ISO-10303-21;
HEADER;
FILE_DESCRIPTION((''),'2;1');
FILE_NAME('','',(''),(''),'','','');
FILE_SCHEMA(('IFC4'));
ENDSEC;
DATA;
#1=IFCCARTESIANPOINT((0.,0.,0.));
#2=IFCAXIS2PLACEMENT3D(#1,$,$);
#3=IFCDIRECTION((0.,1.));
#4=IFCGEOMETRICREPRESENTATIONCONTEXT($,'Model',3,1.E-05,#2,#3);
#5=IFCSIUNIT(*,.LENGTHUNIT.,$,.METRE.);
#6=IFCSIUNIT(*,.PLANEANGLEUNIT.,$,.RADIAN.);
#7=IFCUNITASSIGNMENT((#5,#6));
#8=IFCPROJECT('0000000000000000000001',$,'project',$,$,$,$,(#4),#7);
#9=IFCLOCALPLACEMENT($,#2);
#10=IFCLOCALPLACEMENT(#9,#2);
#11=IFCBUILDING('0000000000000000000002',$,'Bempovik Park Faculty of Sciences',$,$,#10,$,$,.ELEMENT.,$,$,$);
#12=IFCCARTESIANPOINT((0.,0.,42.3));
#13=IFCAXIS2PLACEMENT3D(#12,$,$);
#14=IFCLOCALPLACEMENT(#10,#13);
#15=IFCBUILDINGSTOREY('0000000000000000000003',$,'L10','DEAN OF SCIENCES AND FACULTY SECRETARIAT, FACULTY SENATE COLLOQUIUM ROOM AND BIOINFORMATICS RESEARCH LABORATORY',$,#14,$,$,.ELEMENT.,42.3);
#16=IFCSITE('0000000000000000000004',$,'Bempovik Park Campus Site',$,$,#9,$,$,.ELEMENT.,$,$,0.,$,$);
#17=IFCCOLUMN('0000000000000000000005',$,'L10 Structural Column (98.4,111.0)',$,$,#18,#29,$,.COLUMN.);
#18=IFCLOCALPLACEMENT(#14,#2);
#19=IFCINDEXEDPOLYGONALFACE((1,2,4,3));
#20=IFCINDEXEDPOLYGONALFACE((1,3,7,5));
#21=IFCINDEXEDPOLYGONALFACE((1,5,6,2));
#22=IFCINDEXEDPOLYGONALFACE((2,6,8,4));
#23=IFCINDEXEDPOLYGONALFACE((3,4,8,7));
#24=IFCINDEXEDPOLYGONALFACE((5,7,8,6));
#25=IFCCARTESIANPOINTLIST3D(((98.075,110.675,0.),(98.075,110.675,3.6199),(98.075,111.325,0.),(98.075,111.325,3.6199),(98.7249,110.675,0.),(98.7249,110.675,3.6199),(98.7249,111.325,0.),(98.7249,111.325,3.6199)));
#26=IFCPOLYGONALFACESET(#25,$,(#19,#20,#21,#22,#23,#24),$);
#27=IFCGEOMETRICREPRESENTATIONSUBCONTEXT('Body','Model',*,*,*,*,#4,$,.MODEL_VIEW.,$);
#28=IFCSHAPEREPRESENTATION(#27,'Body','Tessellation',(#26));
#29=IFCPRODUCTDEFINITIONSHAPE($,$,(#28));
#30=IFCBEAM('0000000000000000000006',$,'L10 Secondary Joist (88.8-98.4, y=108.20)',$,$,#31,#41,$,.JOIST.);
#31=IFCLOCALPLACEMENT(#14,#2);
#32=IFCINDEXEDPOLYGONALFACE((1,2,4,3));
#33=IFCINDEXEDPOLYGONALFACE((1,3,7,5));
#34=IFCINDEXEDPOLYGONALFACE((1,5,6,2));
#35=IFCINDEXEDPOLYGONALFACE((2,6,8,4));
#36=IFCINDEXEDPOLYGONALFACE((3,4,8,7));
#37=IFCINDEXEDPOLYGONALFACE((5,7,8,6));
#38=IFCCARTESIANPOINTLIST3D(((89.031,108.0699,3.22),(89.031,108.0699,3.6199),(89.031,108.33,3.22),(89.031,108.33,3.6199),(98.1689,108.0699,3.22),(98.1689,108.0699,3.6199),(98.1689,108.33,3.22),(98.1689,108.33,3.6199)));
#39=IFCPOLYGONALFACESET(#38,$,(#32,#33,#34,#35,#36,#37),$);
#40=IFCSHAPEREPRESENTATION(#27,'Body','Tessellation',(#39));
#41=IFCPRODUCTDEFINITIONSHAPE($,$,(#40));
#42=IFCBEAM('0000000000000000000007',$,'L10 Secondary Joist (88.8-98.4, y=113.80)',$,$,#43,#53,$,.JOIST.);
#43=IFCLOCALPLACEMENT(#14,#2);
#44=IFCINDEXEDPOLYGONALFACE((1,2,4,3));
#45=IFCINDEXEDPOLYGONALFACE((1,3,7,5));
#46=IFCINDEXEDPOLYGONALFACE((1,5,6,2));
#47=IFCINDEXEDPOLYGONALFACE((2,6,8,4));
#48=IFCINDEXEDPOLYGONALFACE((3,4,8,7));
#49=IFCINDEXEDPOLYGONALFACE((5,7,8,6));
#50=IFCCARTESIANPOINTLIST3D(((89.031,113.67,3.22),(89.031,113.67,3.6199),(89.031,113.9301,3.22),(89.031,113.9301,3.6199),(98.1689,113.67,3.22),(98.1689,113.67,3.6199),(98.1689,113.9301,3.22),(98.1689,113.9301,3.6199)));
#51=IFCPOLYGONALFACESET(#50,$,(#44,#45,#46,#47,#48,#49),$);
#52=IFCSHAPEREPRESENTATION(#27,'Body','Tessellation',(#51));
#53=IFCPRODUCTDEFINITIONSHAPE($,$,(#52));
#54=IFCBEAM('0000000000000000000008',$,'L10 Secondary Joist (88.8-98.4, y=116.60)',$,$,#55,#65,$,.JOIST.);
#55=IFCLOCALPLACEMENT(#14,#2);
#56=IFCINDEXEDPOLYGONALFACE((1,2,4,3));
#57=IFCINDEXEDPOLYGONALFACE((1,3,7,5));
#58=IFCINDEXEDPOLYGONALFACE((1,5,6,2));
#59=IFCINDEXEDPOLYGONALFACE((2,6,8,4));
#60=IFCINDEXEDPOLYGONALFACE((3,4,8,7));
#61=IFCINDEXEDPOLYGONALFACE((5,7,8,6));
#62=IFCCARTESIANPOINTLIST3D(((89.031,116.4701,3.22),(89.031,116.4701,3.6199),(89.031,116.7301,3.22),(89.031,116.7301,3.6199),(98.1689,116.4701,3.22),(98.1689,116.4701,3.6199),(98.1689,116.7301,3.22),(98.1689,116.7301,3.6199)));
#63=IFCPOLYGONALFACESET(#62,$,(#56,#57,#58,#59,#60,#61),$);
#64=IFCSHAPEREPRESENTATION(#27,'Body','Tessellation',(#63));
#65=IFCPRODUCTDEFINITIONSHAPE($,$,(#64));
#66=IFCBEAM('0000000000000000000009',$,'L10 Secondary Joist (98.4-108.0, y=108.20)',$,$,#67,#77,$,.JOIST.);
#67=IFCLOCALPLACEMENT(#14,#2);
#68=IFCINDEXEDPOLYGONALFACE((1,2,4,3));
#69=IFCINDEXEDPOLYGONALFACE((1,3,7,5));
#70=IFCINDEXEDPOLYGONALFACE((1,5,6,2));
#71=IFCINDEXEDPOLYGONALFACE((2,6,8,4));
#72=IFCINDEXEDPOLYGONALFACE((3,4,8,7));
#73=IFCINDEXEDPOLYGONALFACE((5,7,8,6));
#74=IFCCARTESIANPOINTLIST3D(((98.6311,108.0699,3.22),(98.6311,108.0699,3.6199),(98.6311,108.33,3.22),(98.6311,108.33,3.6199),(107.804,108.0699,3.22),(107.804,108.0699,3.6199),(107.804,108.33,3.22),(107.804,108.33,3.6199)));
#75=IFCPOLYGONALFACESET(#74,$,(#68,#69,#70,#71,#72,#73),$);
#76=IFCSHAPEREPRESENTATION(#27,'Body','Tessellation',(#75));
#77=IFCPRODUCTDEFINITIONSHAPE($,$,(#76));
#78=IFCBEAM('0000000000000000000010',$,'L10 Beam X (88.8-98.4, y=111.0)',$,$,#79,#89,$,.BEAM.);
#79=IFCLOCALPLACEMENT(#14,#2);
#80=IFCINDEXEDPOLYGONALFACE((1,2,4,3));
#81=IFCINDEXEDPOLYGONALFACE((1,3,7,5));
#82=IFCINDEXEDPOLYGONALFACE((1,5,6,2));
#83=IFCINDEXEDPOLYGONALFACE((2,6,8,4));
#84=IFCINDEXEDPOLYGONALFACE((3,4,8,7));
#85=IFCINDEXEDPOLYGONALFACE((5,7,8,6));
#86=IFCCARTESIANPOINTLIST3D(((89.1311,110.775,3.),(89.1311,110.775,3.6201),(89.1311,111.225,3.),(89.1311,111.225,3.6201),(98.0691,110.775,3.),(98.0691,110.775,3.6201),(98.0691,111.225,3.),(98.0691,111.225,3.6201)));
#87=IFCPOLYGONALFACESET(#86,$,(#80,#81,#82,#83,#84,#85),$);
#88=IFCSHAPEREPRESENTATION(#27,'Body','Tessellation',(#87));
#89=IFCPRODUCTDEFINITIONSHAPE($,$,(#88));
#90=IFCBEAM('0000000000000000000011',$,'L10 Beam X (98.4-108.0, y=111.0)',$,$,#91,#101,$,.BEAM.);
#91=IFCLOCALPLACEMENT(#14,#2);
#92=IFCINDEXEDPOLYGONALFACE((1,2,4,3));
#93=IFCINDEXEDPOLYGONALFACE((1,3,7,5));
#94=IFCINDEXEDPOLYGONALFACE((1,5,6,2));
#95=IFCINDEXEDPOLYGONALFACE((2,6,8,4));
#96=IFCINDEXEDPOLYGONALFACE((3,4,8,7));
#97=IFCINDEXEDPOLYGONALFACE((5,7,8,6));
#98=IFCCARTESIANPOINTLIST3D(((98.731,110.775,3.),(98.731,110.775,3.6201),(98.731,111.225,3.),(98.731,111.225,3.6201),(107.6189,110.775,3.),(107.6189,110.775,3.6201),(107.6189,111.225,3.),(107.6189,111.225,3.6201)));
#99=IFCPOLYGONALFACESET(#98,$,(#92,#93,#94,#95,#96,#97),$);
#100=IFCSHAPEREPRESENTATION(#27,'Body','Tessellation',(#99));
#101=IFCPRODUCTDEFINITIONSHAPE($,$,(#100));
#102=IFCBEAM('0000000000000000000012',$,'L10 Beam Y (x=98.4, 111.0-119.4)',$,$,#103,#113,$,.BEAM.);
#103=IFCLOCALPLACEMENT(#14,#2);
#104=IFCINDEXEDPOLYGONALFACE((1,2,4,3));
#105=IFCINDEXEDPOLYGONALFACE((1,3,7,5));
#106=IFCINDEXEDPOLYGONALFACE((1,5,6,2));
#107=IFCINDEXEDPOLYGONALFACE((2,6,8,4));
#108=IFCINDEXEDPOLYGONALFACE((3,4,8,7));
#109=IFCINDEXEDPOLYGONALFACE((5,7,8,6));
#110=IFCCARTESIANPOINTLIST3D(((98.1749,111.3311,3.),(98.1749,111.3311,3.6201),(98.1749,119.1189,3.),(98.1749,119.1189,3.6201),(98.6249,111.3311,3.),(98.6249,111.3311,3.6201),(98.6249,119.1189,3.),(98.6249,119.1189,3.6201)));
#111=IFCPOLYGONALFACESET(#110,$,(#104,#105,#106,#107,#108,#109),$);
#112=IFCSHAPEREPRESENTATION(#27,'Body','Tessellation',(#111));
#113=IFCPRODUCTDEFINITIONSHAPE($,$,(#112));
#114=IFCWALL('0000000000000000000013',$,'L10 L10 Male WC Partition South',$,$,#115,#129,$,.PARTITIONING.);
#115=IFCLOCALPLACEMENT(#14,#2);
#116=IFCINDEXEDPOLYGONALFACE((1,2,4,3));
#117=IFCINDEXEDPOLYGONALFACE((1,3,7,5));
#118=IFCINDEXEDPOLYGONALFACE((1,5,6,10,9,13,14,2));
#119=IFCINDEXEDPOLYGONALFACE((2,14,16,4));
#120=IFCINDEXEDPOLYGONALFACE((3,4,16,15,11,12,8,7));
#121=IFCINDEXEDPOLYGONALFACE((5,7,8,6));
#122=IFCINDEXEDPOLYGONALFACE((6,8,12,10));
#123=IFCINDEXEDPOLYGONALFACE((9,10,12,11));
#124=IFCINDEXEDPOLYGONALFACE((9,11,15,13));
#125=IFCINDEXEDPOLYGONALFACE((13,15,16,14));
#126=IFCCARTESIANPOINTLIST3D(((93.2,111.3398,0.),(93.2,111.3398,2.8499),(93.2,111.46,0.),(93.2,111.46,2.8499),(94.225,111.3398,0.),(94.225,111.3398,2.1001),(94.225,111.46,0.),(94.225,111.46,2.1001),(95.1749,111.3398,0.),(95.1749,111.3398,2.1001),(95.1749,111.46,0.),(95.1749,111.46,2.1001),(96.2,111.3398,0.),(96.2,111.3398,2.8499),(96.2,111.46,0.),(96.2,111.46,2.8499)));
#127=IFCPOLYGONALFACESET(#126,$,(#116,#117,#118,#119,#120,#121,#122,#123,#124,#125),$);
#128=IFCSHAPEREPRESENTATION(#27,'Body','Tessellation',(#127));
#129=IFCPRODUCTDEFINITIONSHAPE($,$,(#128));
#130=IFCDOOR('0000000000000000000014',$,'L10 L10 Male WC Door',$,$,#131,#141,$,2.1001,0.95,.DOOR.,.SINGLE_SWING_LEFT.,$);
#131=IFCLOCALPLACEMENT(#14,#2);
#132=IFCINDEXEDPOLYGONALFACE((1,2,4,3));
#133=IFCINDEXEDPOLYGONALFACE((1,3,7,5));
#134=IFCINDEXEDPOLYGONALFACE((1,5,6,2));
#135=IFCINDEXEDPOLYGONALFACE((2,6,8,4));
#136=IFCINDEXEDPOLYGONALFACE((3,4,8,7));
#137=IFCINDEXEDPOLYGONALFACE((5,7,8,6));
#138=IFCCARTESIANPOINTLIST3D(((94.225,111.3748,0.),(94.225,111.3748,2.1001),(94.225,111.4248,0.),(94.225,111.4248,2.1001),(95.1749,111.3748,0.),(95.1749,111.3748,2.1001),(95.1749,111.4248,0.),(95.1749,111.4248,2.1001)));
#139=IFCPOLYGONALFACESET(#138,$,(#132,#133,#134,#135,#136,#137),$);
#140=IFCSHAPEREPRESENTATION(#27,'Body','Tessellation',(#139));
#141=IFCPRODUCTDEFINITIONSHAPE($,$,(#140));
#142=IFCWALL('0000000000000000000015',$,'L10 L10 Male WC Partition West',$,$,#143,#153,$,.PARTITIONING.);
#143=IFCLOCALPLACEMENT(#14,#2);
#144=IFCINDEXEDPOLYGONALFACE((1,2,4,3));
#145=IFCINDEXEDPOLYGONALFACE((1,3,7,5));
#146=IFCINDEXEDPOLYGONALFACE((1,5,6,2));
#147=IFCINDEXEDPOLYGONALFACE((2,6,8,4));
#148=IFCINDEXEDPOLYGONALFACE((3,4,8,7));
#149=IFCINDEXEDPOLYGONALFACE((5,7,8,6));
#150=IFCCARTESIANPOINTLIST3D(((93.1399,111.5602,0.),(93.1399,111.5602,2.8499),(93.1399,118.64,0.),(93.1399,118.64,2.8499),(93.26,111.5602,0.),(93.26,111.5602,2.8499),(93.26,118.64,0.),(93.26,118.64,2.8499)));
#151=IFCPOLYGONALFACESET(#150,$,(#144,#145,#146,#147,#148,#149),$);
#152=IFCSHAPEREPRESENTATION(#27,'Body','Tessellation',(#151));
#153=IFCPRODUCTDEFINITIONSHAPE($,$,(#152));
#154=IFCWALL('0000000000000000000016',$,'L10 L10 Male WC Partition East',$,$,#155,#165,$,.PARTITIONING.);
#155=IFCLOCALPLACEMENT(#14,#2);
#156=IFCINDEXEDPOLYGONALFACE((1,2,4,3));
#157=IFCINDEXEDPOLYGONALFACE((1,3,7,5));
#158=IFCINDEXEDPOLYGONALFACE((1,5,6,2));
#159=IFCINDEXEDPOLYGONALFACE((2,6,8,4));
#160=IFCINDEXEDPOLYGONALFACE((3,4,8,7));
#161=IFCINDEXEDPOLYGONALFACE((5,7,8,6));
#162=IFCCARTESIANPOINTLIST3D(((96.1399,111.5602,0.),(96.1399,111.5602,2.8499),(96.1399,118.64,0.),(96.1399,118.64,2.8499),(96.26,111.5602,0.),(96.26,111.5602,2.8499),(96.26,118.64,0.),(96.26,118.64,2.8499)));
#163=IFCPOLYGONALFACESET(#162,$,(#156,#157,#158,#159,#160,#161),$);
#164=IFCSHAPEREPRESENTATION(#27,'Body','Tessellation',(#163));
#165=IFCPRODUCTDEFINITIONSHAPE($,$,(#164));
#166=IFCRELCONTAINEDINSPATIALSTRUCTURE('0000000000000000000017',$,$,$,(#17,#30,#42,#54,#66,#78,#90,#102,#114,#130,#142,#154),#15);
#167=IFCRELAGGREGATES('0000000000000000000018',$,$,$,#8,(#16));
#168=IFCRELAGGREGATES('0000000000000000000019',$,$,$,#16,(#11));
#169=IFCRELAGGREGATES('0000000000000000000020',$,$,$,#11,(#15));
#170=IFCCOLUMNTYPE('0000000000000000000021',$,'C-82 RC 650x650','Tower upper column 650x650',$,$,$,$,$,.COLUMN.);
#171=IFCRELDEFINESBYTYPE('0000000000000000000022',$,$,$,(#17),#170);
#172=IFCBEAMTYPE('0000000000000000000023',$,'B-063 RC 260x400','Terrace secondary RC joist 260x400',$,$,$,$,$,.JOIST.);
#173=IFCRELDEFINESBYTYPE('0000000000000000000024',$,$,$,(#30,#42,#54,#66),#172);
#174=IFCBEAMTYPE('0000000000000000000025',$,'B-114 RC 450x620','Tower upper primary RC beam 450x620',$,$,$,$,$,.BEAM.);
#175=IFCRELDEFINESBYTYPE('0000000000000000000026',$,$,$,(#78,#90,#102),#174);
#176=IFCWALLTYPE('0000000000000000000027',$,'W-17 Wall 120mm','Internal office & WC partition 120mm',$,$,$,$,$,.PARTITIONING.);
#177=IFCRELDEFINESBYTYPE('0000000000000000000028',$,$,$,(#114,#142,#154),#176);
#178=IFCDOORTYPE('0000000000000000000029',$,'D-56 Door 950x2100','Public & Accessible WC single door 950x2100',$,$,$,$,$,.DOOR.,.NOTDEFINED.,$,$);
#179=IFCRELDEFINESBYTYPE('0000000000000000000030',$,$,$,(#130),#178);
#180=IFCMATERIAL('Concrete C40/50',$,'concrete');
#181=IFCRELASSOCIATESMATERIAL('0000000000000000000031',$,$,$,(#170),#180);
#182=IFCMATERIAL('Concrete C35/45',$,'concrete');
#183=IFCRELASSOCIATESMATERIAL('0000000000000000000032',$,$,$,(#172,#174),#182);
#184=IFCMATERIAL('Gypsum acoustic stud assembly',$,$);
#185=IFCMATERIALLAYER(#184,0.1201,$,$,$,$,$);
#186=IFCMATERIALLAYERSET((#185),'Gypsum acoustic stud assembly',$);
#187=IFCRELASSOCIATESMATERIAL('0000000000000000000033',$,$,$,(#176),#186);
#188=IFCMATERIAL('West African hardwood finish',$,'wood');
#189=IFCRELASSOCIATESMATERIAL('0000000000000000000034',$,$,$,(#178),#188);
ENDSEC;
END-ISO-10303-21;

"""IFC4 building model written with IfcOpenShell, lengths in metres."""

from ifc_helpers import new_model, si_unit, direction, frame, frame_2d, origin, origin_2d, place, context, subcontext, project, spatial, rectangle, extrude, material, layer, layer_set, material_profile, profile_set, type_object, element, fill, save


model = new_model("IFC4")

# Units and contexts
model_context = context("Model", 3, precision=1e-05, world=origin(), true_north=direction((0.0, 1.0)))
body_context = subcontext(model_context, "Body", "Model", "MODEL_VIEW")
ifc_project = project(units=[si_unit("LENGTHUNIT", "METRE"), si_unit("PLANEANGLEUNIT", "RADIAN")], contexts=[model_context])

# Site, building, storey
site_placement = place(None, origin())
site = spatial("IfcSite", under=ifc_project, at=site_placement, Name="Bempovik Park Campus Site", CompositionType="ELEMENT", RefElevation=0.0)
building_placement = place(site_placement, origin())
building = spatial("IfcBuilding", under=site, at=building_placement, Name="Bempovik Park Faculty of Sciences", CompositionType="ELEMENT")
storey_placement = place(building_placement, frame((0.0, 0.0, 42.3)))
storey = spatial("IfcBuildingStorey", under=building, at=storey_placement, Name="L10", Description="DEAN OF SCIENCES AND FACULTY SECRETARIAT, FACULTY SENATE COLLOQUIUM ROOM AND BIOINFORMATICS RESEARCH LABORATORY", CompositionType="ELEMENT", Elevation=42.3)

# Column
ifc_material_1 = material(Name="Concrete C40/50", Category="concrete")
ifc_material_profile_1 = material_profile(ifc_material_1, rectangle(XDim=0.6499, YDim=0.6499, at=origin_2d()), Name="RC 650x650")
ifc_profile_set_1 = profile_set([ifc_material_profile_1], Name="Concrete C40/50")
column_type = type_object("IfcColumnType", Name="C-82 RC 650x650", Description="Tower upper column 650x650", PredefinedType="COLUMN", material=ifc_profile_set_1)
column_placement = place(storey_placement, frame((98.3999, 111.0, 0.0), z_axis=(0.0, 0.0, 1.0), x_axis=(1.0, 0.0, 0.0)))
element("IfcColumn", 1, at=column_placement, inside=storey, type_object=column_type, Name="L10 Structural Column (98.4,111.0)", PredefinedType="COLUMN", context=body_context, shape_type="SweptSolid", body=[
    extrude(rectangle(XDim=0.6499, YDim=0.6499, at=origin_2d()), origin(), (0.0, 0.0, 1.0), 3.6199),
])

# Beams
ifc_material_2 = material(Name="Concrete C35/45", Category="concrete")
ifc_material_profile_2 = material_profile(ifc_material_2, rectangle(XDim=0.26, YDim=0.3999, at=origin_2d()), Name="RC 260x400")
ifc_profile_set_2 = profile_set([ifc_material_profile_2], Name="Concrete C35/45")
beam_type_1 = type_object("IfcBeamType", Name="B-063 RC 260x400", Description="Terrace secondary RC joist 260x400", PredefinedType="JOIST", material=ifc_profile_set_2)
for number, where, z_axis, x_axis, name in (
    (2, (89.031, 108.2, 3.4199), (1.0, 0.0, 0.0), (0.0, 1.0, 0.0), "L10 Secondary Joist (88.8-98.4, y=108.20)"),
    (3, (89.031, 113.8, 3.4199), (1.0, 0.0, 0.0), (0.0, 1.0, 0.0), "L10 Secondary Joist (88.8-98.4, y=113.80)"),
    (4, (89.031, 116.6001, 3.4199), (1.0, 0.0, 0.0), (0.0, 1.0, 0.0), "L10 Secondary Joist (88.8-98.4, y=116.60)"),
):
    element("IfcBeam", number, at=place(storey_placement, frame(where, z_axis=z_axis, x_axis=x_axis)), inside=storey, type_object=beam_type_1, Name=name, PredefinedType="JOIST", context=body_context, shape_type="SweptSolid", body=[
        extrude(rectangle(XDim=0.26, YDim=0.3999, at=origin_2d()), origin(), (0.0, 0.0, 1.0), 9.1379),
    ])
beam_1_placement = place(storey_placement, frame((98.6311, 108.2, 3.4199), z_axis=(1.0, 0.0, 0.0), x_axis=(0.0, 1.0, 0.0)))
element("IfcBeam", 5, at=beam_1_placement, inside=storey, type_object=beam_type_1, Name="L10 Secondary Joist (98.4-108.0, y=108.20)", PredefinedType="JOIST", context=body_context, shape_type="SweptSolid", body=[
    extrude(rectangle(XDim=0.26, YDim=0.3999, at=origin_2d()), origin(), (0.0, 0.0, 1.0), 9.1729),
])
ifc_material_profile_3 = material_profile(ifc_material_2, rectangle(XDim=0.45, YDim=0.6201, at=origin_2d()), Name="RC 450x620")
ifc_profile_set_3 = profile_set([ifc_material_profile_3], Name="Concrete C35/45")
beam_type_2 = type_object("IfcBeamType", Name="B-114 RC 450x620", Description="Tower upper primary RC beam 450x620", PredefinedType="BEAM", material=ifc_profile_set_3)
beam_2_placement = place(storey_placement, frame((89.1311, 111.0, 3.3101), z_axis=(1.0, 0.0, 0.0), x_axis=(0.0, 1.0, 0.0)))
element("IfcBeam", 6, at=beam_2_placement, inside=storey, type_object=beam_type_2, Name="L10 Beam X (88.8-98.4, y=111.0)", PredefinedType="BEAM", context=body_context, shape_type="SweptSolid", body=[
    extrude(rectangle(XDim=0.45, YDim=0.6201, at=origin_2d()), origin(), (0.0, 0.0, 1.0), 8.938),
])
beam_3_placement = place(storey_placement, frame((98.731, 111.0, 3.3101), z_axis=(1.0, 0.0, 0.0), x_axis=(0.0, 1.0, 0.0)))
element("IfcBeam", 7, at=beam_3_placement, inside=storey, type_object=beam_type_2, Name="L10 Beam X (98.4-108.0, y=111.0)", PredefinedType="BEAM", context=body_context, shape_type="SweptSolid", body=[
    extrude(rectangle(XDim=0.45, YDim=0.6201, at=origin_2d()), origin(), (0.0, 0.0, 1.0), 8.8879),
])
beam_4_placement = place(storey_placement, frame((98.3999, 111.3311, 3.3101), z_axis=(0.0, 1.0, 0.0), x_axis=(-1.0, 0.0, 0.0)))
element("IfcBeam", 8, at=beam_4_placement, inside=storey, type_object=beam_type_2, Name="L10 Beam Y (x=98.4, 111.0-119.4)", PredefinedType="BEAM", context=body_context, shape_type="SweptSolid", body=[
    extrude(rectangle(XDim=0.45, YDim=0.6201, at=origin_2d()), origin(), (0.0, 0.0, 1.0), 7.7878),
])

# Wall, opening, door
ifc_material_3 = material(Name="Gypsum acoustic stud assembly")
ifc_layer_1 = layer(ifc_material_3, 0.1201)
ifc_layer_set_1 = layer_set([ifc_layer_1], Name="Gypsum acoustic stud assembly")
wall_type_1 = type_object("IfcWallType", Name="W-17 Wall 120mm", Description="Internal office & WC partition 120mm", PredefinedType="PARTITIONING", material=ifc_layer_set_1)
wall_1_placement = place(storey_placement, frame((93.2, 111.3999, 0.0), z_axis=(0.0, 0.0, 1.0), x_axis=(1.0, 0.0, 0.0)))
wall_1 = element("IfcWall", 9, at=wall_1_placement, inside=storey, type_object=wall_type_1, Name="L10 L10 Male WC Partition South", PredefinedType="PARTITIONING", context=body_context, shape_type="SweptSolid", body=[
    extrude(rectangle(XDim=3.0, YDim=0.1201, at=frame_2d((1.5, 0.0))), origin(), (0.0, 0.0, 1.0), 2.8499),
])
opening_1_placement = place(wall_1_placement, frame((1.0249, 0.0, 0.0)))
opening_1 = element("IfcOpeningElement", 10, at=opening_1_placement, cuts=wall_1, PredefinedType="OPENING", context=body_context, shape_type="SweptSolid", body=[
    extrude(rectangle(XDim=0.95, YDim=2.1001, at=frame_2d((0.4751, 1.05))), frame((0.0, 0.0701, 0.0), z_axis=(0.0, -1.0, 0.0), x_axis=(1.0, 0.0, 0.0)), (0.0, 0.0, 1.0), 0.1401),
])
ifc_material_4 = material(Name="West African hardwood finish", Category="wood")
door_type_1 = type_object("IfcDoorType", Name="D-56 Door 950x2100", Description="Public & Accessible WC single door 950x2100", OperationType="NOTDEFINED", PredefinedType="DOOR", material=ifc_material_4)
door_1_placement = place(opening_1_placement, origin())
door_1 = element("IfcDoor", 11, at=door_1_placement, inside=storey, type_object=door_type_1, Name="L10 L10 Male WC Door", OperationType="SINGLE_SWING_LEFT", OverallHeight=2.1001, OverallWidth=0.95, PredefinedType="DOOR", context=body_context, shape_type="SweptSolid", body=[
    extrude(rectangle(XDim=0.95, YDim=2.1001, at=frame_2d((0.4751, 1.05))), frame((0.0, 0.0249, 0.0), z_axis=(0.0, -1.0, 0.0), x_axis=(1.0, 0.0, 0.0)), (0.0, 0.0, 1.0), 0.05),
])
fill(opening_1, door_1)

# Walls
for number, where, z_axis, x_axis, name in (
    (12, (93.2, 111.5601, 0.0), (0.0, 0.0, 1.0), (0.0, 1.0, 0.0), "L10 L10 Male WC Partition West"),
    (13, (96.2, 111.5601, 0.0), (0.0, 0.0, 1.0), (0.0, 1.0, 0.0), "L10 L10 Male WC Partition East"),
):
    element("IfcWall", number, at=place(storey_placement, frame(where, z_axis=z_axis, x_axis=x_axis)), inside=storey, type_object=wall_type_1, Name=name, PredefinedType="PARTITIONING", context=body_context, shape_type="SweptSolid", body=[
        extrude(rectangle(XDim=7.0798, YDim=0.1201, at=frame_2d((3.54, 0.0))), origin(), (0.0, 0.0, 1.0), 2.8499),
    ])

save(model, "model.ifc")
